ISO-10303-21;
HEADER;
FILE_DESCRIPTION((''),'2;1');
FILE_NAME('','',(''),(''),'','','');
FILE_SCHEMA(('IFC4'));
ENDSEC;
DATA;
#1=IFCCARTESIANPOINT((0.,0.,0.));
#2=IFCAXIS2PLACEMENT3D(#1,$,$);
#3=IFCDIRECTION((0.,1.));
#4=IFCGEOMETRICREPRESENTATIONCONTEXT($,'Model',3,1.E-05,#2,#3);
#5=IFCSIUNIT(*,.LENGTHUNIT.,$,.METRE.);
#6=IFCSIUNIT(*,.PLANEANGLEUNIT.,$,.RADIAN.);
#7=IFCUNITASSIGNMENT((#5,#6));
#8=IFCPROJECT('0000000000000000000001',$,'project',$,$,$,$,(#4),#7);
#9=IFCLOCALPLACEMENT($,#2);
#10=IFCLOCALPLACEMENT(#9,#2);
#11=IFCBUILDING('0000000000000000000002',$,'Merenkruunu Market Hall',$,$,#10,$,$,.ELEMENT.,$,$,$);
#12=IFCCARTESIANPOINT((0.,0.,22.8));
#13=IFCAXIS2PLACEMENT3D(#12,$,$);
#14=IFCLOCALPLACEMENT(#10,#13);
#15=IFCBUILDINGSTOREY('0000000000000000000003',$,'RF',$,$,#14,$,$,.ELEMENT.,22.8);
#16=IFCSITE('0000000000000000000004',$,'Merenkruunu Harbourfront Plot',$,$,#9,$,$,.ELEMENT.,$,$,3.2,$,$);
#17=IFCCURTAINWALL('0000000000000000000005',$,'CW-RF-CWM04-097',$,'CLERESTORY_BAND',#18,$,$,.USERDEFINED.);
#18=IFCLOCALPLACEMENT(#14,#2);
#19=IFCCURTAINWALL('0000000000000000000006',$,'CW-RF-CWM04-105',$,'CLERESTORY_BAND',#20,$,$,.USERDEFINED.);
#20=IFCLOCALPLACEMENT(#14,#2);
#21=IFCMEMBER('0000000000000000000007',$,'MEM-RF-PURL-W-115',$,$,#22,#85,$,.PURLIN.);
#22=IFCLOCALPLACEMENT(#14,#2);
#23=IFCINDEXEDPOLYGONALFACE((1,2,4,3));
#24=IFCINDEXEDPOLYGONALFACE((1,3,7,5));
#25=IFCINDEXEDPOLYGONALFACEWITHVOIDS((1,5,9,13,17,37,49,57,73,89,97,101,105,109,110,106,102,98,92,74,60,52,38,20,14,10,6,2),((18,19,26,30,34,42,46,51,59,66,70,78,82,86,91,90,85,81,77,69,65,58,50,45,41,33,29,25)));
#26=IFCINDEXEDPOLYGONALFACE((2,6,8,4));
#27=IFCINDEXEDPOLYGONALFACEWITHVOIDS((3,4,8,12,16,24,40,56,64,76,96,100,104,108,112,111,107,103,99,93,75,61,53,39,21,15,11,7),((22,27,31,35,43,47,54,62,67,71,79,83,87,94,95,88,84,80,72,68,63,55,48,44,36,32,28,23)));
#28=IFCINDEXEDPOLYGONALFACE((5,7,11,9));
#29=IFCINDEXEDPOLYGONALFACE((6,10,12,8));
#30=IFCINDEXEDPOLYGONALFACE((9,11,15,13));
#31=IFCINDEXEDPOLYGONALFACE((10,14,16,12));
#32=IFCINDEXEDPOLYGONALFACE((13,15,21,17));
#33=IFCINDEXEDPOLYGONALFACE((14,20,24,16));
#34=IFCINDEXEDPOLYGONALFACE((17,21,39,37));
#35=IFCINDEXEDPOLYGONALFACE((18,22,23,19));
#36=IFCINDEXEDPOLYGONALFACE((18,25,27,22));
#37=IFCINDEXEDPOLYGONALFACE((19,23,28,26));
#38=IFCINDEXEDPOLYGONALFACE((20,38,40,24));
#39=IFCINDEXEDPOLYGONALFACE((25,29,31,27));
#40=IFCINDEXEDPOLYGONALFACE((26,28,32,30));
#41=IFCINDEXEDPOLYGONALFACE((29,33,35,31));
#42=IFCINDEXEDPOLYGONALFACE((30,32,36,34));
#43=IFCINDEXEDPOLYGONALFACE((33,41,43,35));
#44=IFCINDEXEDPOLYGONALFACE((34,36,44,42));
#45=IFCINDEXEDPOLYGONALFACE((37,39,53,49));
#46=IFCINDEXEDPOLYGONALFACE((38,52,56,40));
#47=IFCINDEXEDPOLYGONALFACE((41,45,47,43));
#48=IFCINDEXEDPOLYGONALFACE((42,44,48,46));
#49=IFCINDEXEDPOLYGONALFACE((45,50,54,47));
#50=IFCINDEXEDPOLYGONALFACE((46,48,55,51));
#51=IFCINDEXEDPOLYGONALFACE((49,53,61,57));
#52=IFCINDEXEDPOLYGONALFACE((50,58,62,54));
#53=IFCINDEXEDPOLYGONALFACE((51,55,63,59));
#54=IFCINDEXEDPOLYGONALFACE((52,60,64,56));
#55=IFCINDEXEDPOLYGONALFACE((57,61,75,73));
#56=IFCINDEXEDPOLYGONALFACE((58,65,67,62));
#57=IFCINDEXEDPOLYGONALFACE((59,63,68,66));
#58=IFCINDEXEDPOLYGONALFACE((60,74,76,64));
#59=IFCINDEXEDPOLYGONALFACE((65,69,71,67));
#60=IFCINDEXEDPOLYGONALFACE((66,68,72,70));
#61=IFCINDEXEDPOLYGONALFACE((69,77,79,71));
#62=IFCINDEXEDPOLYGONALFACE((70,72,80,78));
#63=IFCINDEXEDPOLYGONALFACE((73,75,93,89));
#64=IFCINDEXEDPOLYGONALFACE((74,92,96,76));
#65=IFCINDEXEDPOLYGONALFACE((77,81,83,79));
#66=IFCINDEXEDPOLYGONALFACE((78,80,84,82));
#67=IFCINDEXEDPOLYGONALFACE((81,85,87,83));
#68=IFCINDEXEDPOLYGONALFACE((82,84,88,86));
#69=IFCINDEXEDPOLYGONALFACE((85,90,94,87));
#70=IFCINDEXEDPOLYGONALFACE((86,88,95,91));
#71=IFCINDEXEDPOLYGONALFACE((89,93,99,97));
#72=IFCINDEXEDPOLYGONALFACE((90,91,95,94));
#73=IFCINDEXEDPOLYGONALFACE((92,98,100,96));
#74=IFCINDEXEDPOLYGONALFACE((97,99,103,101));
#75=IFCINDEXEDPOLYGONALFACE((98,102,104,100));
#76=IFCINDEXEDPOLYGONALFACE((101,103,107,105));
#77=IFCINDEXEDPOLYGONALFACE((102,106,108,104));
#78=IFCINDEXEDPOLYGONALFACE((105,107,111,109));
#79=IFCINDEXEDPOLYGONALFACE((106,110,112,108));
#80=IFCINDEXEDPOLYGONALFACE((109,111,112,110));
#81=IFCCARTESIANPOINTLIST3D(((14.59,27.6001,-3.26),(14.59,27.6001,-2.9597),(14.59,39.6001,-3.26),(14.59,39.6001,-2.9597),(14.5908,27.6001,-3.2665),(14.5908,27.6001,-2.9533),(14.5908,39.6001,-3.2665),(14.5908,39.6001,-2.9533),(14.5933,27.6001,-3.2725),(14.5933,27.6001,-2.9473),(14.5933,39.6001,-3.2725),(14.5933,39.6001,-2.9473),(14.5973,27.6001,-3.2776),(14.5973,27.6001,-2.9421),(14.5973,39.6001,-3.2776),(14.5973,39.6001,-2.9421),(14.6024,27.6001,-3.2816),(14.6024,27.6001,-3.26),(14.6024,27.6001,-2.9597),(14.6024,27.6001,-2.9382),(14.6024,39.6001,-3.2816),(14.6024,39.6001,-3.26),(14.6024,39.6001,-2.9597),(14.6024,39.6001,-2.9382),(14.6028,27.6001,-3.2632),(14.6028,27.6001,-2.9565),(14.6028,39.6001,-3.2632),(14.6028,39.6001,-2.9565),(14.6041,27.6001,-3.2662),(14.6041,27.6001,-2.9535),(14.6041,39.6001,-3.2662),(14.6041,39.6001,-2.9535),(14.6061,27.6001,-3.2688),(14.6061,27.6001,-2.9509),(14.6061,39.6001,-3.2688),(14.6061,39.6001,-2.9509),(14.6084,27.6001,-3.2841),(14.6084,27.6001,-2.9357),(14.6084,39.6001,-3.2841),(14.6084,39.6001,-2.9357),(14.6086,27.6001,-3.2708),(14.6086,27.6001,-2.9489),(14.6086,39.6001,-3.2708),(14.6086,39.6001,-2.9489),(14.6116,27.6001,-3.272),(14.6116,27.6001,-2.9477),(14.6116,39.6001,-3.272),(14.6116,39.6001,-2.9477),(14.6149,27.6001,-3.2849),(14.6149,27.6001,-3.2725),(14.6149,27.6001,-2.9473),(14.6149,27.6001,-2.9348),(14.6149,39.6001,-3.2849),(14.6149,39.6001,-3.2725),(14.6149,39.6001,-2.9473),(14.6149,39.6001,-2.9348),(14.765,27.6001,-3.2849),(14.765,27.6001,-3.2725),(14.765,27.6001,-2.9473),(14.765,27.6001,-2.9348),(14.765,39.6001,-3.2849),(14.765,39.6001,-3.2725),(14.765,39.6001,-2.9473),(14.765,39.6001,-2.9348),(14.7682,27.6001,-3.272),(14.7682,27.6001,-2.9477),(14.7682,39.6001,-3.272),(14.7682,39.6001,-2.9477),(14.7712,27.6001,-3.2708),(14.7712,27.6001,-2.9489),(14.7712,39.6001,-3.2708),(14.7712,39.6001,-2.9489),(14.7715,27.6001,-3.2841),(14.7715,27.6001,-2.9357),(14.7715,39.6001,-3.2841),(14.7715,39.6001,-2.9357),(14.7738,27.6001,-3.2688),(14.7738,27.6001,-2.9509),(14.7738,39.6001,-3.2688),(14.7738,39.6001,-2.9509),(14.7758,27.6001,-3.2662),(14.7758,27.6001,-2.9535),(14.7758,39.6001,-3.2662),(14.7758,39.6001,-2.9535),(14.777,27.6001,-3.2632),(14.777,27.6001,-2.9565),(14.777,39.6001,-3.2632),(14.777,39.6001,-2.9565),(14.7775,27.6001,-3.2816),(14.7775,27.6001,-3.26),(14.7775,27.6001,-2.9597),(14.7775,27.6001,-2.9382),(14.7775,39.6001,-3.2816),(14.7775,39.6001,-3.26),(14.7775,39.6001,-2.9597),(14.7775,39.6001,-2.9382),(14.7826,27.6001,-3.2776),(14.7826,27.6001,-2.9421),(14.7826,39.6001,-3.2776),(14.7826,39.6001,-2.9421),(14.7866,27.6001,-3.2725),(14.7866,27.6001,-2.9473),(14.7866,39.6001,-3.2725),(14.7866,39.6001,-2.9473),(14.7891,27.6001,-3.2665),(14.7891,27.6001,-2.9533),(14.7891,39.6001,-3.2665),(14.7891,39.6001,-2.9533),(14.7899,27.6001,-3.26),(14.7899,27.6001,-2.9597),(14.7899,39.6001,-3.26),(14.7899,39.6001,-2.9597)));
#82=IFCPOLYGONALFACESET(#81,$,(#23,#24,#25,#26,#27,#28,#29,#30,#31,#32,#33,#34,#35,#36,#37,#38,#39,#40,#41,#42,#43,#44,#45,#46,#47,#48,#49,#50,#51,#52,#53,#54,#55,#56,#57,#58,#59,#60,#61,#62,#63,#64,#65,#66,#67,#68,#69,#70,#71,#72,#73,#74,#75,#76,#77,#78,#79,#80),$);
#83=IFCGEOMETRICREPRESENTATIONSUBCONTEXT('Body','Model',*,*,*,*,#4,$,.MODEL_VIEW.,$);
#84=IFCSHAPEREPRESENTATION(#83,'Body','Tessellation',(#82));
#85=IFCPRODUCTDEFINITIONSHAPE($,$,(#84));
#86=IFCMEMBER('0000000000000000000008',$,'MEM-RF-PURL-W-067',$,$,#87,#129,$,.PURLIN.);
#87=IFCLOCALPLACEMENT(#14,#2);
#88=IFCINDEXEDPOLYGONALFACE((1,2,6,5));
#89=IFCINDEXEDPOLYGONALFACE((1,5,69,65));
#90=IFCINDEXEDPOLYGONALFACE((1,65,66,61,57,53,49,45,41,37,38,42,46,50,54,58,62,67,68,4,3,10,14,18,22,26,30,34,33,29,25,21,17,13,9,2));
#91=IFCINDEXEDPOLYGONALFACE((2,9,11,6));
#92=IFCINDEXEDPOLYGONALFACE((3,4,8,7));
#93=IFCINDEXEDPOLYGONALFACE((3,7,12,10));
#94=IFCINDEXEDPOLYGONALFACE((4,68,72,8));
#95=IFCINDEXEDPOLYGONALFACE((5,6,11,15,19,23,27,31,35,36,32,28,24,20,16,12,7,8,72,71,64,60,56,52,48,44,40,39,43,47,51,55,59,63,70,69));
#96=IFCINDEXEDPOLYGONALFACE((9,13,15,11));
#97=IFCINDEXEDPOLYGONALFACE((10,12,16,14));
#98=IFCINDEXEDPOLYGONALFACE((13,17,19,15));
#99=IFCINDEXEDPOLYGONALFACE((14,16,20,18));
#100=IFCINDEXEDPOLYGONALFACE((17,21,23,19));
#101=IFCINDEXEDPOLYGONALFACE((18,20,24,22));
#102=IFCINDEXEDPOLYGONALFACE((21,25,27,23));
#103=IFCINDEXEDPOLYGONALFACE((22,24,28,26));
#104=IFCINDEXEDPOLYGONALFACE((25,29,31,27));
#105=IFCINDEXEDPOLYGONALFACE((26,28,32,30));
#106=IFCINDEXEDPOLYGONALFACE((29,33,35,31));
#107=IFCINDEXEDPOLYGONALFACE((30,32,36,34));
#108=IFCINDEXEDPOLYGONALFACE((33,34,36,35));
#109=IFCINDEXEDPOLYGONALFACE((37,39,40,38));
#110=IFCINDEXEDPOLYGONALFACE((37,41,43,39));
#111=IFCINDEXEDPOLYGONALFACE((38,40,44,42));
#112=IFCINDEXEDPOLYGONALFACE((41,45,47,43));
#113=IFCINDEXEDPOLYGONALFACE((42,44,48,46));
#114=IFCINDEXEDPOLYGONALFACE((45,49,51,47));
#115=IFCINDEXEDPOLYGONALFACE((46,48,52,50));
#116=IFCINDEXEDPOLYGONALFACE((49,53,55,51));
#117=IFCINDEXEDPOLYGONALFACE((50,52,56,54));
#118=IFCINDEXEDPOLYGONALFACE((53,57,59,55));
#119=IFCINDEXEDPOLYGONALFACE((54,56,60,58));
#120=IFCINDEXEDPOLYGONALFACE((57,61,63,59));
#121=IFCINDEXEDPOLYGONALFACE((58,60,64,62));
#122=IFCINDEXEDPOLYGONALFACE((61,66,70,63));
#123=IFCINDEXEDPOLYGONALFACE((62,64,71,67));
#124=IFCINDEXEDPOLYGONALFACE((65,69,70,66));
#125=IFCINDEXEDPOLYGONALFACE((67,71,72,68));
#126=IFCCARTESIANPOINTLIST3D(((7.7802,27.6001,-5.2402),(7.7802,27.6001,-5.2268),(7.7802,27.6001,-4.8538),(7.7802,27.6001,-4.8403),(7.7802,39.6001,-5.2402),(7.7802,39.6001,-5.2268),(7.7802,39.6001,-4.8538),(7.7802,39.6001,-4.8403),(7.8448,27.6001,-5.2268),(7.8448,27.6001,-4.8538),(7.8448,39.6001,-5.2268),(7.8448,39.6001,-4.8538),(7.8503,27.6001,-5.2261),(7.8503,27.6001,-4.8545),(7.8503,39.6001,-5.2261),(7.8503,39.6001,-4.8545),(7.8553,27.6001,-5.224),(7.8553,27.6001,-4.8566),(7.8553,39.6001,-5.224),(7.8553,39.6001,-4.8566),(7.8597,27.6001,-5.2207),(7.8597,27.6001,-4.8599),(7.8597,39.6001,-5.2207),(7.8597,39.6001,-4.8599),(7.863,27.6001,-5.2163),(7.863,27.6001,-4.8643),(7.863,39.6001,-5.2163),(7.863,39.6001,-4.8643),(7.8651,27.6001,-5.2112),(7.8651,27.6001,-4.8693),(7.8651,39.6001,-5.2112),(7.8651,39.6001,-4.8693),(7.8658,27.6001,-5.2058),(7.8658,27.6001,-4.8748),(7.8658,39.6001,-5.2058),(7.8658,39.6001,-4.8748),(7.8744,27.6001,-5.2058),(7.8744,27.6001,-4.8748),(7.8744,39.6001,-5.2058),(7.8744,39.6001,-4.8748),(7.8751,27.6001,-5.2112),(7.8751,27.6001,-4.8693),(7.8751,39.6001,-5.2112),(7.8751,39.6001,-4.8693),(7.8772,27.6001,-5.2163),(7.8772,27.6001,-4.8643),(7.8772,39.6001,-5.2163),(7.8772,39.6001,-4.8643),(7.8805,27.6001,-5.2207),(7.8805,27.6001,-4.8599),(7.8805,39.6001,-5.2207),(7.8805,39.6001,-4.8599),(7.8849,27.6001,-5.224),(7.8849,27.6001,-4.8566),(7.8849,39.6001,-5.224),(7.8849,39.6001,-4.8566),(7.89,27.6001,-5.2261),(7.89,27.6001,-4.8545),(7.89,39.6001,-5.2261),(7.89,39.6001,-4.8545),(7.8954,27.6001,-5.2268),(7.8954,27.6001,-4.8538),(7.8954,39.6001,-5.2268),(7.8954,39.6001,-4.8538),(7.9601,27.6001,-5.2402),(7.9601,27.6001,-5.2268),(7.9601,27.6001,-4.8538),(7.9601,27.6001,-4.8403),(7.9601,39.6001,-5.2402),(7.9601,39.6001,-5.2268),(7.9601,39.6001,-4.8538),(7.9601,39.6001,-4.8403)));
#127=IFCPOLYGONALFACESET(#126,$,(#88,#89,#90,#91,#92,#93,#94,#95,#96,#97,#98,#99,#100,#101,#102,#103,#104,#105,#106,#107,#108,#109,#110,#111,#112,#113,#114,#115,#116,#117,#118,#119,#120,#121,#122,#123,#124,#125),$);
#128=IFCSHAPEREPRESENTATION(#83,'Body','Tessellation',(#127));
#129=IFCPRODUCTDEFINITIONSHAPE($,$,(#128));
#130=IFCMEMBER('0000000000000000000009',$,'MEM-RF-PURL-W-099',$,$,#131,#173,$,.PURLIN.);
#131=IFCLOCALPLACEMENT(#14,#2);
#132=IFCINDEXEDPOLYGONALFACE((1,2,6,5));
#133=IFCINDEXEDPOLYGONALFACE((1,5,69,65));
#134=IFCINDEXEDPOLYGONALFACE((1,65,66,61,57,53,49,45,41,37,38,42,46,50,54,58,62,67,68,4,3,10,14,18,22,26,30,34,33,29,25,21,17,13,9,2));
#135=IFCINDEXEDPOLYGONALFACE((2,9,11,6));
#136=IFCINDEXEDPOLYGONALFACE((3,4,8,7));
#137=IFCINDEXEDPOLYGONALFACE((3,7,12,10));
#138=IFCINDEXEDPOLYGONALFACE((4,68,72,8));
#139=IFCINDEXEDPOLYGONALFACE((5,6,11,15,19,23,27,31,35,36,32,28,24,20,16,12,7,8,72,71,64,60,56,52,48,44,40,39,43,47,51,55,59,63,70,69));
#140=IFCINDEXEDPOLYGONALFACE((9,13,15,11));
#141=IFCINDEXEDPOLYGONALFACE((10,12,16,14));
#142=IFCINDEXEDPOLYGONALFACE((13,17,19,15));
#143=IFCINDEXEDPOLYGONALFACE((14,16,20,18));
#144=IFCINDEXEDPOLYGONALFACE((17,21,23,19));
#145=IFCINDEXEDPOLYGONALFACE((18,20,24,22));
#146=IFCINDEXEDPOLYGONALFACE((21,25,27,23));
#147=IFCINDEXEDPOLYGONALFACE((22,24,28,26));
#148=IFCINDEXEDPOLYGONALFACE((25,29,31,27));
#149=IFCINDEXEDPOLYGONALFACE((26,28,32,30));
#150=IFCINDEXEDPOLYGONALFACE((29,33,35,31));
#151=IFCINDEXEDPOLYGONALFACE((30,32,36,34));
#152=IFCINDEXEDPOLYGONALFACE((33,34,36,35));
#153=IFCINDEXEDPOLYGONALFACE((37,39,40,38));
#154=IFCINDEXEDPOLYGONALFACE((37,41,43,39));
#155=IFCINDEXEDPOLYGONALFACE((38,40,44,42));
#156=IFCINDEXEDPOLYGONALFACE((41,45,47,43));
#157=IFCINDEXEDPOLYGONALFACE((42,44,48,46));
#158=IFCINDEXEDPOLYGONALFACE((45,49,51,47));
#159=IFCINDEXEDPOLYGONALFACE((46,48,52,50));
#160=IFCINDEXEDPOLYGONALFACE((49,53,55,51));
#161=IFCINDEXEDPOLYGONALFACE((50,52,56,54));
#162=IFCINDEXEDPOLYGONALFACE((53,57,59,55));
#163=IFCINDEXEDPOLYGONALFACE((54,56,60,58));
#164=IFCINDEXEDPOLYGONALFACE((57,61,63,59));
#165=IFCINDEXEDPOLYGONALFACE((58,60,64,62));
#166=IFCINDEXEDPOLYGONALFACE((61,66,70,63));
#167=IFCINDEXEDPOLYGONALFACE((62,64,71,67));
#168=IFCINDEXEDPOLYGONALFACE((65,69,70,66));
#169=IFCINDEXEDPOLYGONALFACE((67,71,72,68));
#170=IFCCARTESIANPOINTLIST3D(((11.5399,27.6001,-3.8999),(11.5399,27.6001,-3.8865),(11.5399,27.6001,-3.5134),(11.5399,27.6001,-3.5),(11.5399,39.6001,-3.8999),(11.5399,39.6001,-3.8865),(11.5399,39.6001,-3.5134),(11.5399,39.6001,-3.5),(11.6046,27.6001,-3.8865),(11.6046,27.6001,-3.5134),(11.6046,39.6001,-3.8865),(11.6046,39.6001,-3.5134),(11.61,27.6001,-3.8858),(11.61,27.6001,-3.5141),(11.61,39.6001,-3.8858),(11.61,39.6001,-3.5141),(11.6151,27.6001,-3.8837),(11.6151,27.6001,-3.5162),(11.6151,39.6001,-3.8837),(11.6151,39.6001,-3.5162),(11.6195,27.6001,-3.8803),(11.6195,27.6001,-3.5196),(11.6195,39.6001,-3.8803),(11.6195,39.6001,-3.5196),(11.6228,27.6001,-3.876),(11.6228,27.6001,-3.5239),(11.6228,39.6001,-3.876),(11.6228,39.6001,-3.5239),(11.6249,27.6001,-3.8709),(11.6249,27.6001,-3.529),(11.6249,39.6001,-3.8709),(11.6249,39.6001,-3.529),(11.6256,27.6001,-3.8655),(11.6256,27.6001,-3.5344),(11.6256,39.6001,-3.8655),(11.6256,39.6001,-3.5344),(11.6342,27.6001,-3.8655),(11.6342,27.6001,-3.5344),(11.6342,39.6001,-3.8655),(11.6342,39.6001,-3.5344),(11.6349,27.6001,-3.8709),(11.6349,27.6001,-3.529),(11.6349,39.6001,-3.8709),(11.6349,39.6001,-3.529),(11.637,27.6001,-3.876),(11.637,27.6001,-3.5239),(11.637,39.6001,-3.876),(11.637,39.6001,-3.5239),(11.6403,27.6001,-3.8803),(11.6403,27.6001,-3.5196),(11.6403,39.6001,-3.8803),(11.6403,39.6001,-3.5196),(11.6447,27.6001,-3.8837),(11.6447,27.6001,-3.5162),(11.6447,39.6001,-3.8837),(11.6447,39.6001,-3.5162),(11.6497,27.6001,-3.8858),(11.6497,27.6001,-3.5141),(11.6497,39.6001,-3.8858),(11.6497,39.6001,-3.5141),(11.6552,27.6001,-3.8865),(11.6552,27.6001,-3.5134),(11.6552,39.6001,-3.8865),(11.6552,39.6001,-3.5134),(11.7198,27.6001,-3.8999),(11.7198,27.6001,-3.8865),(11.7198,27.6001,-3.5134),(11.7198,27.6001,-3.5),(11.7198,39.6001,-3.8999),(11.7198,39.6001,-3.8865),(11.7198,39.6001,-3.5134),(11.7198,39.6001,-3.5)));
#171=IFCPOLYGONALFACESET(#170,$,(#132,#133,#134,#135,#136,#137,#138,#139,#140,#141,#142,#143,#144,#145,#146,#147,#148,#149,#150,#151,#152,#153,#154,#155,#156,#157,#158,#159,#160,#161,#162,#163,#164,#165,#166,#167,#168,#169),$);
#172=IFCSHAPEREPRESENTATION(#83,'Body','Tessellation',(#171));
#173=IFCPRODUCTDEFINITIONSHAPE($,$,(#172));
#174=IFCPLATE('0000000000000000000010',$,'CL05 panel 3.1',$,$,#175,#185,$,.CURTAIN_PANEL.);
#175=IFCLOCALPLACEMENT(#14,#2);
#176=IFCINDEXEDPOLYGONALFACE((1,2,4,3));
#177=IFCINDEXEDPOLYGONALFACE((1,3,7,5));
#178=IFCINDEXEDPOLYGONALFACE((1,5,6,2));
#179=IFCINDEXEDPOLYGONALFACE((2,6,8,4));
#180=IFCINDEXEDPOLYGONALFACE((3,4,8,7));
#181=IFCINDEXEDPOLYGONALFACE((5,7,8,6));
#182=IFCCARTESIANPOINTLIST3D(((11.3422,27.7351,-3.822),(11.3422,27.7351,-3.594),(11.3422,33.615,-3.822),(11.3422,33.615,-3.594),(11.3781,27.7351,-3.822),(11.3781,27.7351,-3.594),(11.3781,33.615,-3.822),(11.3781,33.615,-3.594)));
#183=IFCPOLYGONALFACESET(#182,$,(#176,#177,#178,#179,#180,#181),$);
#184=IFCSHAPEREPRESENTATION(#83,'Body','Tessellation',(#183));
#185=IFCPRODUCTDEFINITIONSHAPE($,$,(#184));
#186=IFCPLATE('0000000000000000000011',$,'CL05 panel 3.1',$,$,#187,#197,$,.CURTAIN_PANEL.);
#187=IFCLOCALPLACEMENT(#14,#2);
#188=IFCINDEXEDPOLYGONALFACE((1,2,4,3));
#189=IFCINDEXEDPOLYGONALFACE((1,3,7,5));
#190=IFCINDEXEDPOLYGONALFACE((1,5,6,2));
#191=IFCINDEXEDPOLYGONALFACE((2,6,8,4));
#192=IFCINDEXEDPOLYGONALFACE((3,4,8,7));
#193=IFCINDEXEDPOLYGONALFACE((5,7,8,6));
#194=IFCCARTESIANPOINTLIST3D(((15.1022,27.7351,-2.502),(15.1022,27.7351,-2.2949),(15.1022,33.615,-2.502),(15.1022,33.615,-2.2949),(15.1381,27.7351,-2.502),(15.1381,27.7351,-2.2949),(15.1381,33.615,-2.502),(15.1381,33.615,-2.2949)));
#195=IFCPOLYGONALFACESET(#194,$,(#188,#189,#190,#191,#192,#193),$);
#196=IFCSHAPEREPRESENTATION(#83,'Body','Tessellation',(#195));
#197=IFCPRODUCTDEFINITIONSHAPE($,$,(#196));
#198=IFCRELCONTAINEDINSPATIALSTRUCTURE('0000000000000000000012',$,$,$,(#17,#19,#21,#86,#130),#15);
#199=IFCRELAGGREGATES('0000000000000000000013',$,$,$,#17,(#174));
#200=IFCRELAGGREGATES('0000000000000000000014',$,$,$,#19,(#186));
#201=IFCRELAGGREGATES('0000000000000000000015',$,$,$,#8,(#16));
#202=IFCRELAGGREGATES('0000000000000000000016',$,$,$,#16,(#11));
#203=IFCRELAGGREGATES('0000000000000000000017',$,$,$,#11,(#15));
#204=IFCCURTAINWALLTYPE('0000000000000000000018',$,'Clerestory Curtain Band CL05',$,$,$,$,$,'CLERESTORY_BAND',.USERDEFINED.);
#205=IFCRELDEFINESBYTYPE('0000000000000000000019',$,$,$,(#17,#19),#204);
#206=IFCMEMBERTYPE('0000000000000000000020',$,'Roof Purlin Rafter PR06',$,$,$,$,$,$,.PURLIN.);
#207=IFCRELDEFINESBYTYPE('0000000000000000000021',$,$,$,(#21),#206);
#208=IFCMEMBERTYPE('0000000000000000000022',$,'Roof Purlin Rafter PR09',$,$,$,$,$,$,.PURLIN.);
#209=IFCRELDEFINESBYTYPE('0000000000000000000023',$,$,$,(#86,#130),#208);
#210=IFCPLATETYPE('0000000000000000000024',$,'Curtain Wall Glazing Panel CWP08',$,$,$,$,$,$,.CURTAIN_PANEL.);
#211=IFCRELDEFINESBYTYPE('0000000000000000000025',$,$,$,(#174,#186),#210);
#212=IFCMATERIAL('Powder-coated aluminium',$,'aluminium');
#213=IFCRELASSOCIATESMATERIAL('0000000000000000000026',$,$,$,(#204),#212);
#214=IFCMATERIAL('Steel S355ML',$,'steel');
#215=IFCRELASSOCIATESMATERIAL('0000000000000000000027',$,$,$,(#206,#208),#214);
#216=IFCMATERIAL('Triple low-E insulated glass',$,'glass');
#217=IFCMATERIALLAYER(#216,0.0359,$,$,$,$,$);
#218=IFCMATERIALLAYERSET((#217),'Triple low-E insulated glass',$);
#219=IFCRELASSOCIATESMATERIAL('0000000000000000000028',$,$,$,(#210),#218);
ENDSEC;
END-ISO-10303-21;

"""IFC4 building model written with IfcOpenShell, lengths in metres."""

from ifc_helpers import new_model, si_unit, direction, frame, origin, origin_2d, place, context, subcontext, project, spatial, rectangle, hollow_rectangle, i_section, extrude, material, layer, layer_set, material_profile, profile_set, type_object, element, aggregate, save


model = new_model("IFC4")

# Units and contexts
model_context = context("Model", 3, precision=1e-05, world=origin(), true_north=direction((0.0, 1.0)))
body_context = subcontext(model_context, "Body", "Model", "MODEL_VIEW")
ifc_project = project(units=[si_unit("LENGTHUNIT", "METRE"), si_unit("PLANEANGLEUNIT", "RADIAN")], contexts=[model_context])

# Site, building, storey
site_placement = place(None, origin())
site = spatial("IfcSite", under=ifc_project, at=site_placement, Name="Merenkruunu Harbourfront Plot", CompositionType="ELEMENT", RefElevation=3.2)
building_placement = place(site_placement, origin())
building = spatial("IfcBuilding", under=site, at=building_placement, Name="Merenkruunu Market Hall", CompositionType="ELEMENT")
storey_placement = place(building_placement, frame((0.0, 0.0, 22.8)))
storey = spatial("IfcBuildingStorey", under=building, at=storey_placement, Name="RF", CompositionType="ELEMENT", Elevation=22.8)

# Shared definitions
ifc_material_1 = material(Name="Steel S355ML", Category="steel")

# Curtain walls
ifc_material_2 = material(Name="Powder-coated aluminium", Category="aluminium")
curtain_wall_type = type_object("IfcCurtainWallType", Name="Clerestory Curtain Band CL05", ElementType="CLERESTORY_BAND", PredefinedType="USERDEFINED", material=ifc_material_2)
curtain_wall_1_placement = place(storey_placement, origin())
curtain_wall_1 = element("IfcCurtainWall", 1, at=curtain_wall_1_placement, inside=storey, type_object=curtain_wall_type, Name="CW-RF-CWM04-097", ObjectType="CLERESTORY_BAND", PredefinedType="USERDEFINED")
curtain_wall_2_placement = place(storey_placement, origin())
curtain_wall_2 = element("IfcCurtainWall", 2, at=curtain_wall_2_placement, inside=storey, type_object=curtain_wall_type, Name="CW-RF-CWM04-105", ObjectType="CLERESTORY_BAND", PredefinedType="USERDEFINED")

# Members
ifc_material_profile_1 = material_profile(ifc_material_1, hollow_rectangle(XDim=0.2, YDim=0.3501, WallThickness=0.0125, InnerFilletRadius=0.0125, OuterFilletRadius=0.0249, at=origin_2d()), Name="RHS 350x200x12.5")
ifc_profile_set_1 = profile_set([ifc_material_profile_1], Name="Steel S355ML")
member_type_1 = type_object("IfcMemberType", Name="Roof Purlin Rafter PR06", PredefinedType="PURLIN", material=ifc_profile_set_1)
member_1_placement = place(storey_placement, frame((14.6899, 27.6001, -3.1099), z_axis=(0.0, 1.0, 0.0), x_axis=(-1.0, 0.0, 0.0)))
element("IfcMember", 3, at=member_1_placement, inside=storey, type_object=member_type_1, Name="MEM-RF-PURL-W-115", PredefinedType="PURLIN", context=body_context, shape_type="SweptSolid", body=[
    extrude(hollow_rectangle(XDim=0.2, YDim=0.3501, WallThickness=0.0125, InnerFilletRadius=0.0125, OuterFilletRadius=0.0249, at=origin_2d()), origin(), (0.0, 0.0, 1.0), 12.0),
])
ifc_material_profile_2 = material_profile(ifc_material_1, i_section(OverallWidth=0.1799, OverallDepth=0.3999, WebThickness=0.0085, FlangeThickness=0.0134, FilletRadius=0.021, at=origin_2d()), Name="IPE 400")
ifc_profile_set_2 = profile_set([ifc_material_profile_2], Name="Steel S355ML")
member_type_2 = type_object("IfcMemberType", Name="Roof Purlin Rafter PR09", PredefinedType="PURLIN", material=ifc_profile_set_2)
for number, where, z_axis, x_axis, name in (
    (4, (7.8701, 27.6001, -5.0403), (0.0, 1.0, 0.0), (-1.0, 0.0, 0.0), "MEM-RF-PURL-W-067"),
    (5, (11.6299, 27.6001, -3.7), (0.0, 1.0, 0.0), (-1.0, 0.0, 0.0), "MEM-RF-PURL-W-099"),
):
    element("IfcMember", number, at=place(storey_placement, frame(where, z_axis=z_axis, x_axis=x_axis)), inside=storey, type_object=member_type_2, Name=name, PredefinedType="PURLIN", context=body_context, shape_type="SweptSolid", body=[
        extrude(i_section(OverallWidth=0.1799, OverallDepth=0.3999, WebThickness=0.0085, FlangeThickness=0.0134, FilletRadius=0.021, at=origin_2d()), origin(), (0.0, 0.0, 1.0), 12.0),
    ])

# Plates
ifc_material_3 = material(Name="Triple low-E insulated glass", Category="glass")
ifc_layer_1 = layer(ifc_material_3, 0.0359)
ifc_layer_set_1 = layer_set([ifc_layer_1], Name="Triple low-E insulated glass")
plate_type_1 = type_object("IfcPlateType", Name="Curtain Wall Glazing Panel CWP08", PredefinedType="CURTAIN_PANEL", material=ifc_layer_set_1)
plate_1_placement = place(storey_placement, frame((11.3601, 30.675, -3.822), z_axis=(0.0, 0.0, 1.0), x_axis=(0.0, 1.0, 0.0)))
plate_1 = element("IfcPlate", 6, at=plate_1_placement, type_object=plate_type_1, Name="CL05 panel 3.1", PredefinedType="CURTAIN_PANEL", context=body_context, shape_type="SweptSolid", body=[
    extrude(rectangle(XDim=5.8799, YDim=0.0359, at=origin_2d()), origin(), (0.0, 0.0, 1.0), 0.228),
])
aggregate(curtain_wall_1, [plate_1])
plate_2_placement = place(storey_placement, frame((15.1201, 30.675, -2.502), z_axis=(0.0, 0.0, 1.0), x_axis=(0.0, 1.0, 0.0)))
plate_2 = element("IfcPlate", 7, at=plate_2_placement, type_object=plate_type_1, Name="CL05 panel 3.1", PredefinedType="CURTAIN_PANEL", context=body_context, shape_type="SweptSolid", body=[
    extrude(rectangle(XDim=5.8799, YDim=0.0359, at=origin_2d()), origin(), (0.0, 0.0, 1.0), 0.207),
])
aggregate(curtain_wall_2, [plate_2])

save(model, "model.ifc")
